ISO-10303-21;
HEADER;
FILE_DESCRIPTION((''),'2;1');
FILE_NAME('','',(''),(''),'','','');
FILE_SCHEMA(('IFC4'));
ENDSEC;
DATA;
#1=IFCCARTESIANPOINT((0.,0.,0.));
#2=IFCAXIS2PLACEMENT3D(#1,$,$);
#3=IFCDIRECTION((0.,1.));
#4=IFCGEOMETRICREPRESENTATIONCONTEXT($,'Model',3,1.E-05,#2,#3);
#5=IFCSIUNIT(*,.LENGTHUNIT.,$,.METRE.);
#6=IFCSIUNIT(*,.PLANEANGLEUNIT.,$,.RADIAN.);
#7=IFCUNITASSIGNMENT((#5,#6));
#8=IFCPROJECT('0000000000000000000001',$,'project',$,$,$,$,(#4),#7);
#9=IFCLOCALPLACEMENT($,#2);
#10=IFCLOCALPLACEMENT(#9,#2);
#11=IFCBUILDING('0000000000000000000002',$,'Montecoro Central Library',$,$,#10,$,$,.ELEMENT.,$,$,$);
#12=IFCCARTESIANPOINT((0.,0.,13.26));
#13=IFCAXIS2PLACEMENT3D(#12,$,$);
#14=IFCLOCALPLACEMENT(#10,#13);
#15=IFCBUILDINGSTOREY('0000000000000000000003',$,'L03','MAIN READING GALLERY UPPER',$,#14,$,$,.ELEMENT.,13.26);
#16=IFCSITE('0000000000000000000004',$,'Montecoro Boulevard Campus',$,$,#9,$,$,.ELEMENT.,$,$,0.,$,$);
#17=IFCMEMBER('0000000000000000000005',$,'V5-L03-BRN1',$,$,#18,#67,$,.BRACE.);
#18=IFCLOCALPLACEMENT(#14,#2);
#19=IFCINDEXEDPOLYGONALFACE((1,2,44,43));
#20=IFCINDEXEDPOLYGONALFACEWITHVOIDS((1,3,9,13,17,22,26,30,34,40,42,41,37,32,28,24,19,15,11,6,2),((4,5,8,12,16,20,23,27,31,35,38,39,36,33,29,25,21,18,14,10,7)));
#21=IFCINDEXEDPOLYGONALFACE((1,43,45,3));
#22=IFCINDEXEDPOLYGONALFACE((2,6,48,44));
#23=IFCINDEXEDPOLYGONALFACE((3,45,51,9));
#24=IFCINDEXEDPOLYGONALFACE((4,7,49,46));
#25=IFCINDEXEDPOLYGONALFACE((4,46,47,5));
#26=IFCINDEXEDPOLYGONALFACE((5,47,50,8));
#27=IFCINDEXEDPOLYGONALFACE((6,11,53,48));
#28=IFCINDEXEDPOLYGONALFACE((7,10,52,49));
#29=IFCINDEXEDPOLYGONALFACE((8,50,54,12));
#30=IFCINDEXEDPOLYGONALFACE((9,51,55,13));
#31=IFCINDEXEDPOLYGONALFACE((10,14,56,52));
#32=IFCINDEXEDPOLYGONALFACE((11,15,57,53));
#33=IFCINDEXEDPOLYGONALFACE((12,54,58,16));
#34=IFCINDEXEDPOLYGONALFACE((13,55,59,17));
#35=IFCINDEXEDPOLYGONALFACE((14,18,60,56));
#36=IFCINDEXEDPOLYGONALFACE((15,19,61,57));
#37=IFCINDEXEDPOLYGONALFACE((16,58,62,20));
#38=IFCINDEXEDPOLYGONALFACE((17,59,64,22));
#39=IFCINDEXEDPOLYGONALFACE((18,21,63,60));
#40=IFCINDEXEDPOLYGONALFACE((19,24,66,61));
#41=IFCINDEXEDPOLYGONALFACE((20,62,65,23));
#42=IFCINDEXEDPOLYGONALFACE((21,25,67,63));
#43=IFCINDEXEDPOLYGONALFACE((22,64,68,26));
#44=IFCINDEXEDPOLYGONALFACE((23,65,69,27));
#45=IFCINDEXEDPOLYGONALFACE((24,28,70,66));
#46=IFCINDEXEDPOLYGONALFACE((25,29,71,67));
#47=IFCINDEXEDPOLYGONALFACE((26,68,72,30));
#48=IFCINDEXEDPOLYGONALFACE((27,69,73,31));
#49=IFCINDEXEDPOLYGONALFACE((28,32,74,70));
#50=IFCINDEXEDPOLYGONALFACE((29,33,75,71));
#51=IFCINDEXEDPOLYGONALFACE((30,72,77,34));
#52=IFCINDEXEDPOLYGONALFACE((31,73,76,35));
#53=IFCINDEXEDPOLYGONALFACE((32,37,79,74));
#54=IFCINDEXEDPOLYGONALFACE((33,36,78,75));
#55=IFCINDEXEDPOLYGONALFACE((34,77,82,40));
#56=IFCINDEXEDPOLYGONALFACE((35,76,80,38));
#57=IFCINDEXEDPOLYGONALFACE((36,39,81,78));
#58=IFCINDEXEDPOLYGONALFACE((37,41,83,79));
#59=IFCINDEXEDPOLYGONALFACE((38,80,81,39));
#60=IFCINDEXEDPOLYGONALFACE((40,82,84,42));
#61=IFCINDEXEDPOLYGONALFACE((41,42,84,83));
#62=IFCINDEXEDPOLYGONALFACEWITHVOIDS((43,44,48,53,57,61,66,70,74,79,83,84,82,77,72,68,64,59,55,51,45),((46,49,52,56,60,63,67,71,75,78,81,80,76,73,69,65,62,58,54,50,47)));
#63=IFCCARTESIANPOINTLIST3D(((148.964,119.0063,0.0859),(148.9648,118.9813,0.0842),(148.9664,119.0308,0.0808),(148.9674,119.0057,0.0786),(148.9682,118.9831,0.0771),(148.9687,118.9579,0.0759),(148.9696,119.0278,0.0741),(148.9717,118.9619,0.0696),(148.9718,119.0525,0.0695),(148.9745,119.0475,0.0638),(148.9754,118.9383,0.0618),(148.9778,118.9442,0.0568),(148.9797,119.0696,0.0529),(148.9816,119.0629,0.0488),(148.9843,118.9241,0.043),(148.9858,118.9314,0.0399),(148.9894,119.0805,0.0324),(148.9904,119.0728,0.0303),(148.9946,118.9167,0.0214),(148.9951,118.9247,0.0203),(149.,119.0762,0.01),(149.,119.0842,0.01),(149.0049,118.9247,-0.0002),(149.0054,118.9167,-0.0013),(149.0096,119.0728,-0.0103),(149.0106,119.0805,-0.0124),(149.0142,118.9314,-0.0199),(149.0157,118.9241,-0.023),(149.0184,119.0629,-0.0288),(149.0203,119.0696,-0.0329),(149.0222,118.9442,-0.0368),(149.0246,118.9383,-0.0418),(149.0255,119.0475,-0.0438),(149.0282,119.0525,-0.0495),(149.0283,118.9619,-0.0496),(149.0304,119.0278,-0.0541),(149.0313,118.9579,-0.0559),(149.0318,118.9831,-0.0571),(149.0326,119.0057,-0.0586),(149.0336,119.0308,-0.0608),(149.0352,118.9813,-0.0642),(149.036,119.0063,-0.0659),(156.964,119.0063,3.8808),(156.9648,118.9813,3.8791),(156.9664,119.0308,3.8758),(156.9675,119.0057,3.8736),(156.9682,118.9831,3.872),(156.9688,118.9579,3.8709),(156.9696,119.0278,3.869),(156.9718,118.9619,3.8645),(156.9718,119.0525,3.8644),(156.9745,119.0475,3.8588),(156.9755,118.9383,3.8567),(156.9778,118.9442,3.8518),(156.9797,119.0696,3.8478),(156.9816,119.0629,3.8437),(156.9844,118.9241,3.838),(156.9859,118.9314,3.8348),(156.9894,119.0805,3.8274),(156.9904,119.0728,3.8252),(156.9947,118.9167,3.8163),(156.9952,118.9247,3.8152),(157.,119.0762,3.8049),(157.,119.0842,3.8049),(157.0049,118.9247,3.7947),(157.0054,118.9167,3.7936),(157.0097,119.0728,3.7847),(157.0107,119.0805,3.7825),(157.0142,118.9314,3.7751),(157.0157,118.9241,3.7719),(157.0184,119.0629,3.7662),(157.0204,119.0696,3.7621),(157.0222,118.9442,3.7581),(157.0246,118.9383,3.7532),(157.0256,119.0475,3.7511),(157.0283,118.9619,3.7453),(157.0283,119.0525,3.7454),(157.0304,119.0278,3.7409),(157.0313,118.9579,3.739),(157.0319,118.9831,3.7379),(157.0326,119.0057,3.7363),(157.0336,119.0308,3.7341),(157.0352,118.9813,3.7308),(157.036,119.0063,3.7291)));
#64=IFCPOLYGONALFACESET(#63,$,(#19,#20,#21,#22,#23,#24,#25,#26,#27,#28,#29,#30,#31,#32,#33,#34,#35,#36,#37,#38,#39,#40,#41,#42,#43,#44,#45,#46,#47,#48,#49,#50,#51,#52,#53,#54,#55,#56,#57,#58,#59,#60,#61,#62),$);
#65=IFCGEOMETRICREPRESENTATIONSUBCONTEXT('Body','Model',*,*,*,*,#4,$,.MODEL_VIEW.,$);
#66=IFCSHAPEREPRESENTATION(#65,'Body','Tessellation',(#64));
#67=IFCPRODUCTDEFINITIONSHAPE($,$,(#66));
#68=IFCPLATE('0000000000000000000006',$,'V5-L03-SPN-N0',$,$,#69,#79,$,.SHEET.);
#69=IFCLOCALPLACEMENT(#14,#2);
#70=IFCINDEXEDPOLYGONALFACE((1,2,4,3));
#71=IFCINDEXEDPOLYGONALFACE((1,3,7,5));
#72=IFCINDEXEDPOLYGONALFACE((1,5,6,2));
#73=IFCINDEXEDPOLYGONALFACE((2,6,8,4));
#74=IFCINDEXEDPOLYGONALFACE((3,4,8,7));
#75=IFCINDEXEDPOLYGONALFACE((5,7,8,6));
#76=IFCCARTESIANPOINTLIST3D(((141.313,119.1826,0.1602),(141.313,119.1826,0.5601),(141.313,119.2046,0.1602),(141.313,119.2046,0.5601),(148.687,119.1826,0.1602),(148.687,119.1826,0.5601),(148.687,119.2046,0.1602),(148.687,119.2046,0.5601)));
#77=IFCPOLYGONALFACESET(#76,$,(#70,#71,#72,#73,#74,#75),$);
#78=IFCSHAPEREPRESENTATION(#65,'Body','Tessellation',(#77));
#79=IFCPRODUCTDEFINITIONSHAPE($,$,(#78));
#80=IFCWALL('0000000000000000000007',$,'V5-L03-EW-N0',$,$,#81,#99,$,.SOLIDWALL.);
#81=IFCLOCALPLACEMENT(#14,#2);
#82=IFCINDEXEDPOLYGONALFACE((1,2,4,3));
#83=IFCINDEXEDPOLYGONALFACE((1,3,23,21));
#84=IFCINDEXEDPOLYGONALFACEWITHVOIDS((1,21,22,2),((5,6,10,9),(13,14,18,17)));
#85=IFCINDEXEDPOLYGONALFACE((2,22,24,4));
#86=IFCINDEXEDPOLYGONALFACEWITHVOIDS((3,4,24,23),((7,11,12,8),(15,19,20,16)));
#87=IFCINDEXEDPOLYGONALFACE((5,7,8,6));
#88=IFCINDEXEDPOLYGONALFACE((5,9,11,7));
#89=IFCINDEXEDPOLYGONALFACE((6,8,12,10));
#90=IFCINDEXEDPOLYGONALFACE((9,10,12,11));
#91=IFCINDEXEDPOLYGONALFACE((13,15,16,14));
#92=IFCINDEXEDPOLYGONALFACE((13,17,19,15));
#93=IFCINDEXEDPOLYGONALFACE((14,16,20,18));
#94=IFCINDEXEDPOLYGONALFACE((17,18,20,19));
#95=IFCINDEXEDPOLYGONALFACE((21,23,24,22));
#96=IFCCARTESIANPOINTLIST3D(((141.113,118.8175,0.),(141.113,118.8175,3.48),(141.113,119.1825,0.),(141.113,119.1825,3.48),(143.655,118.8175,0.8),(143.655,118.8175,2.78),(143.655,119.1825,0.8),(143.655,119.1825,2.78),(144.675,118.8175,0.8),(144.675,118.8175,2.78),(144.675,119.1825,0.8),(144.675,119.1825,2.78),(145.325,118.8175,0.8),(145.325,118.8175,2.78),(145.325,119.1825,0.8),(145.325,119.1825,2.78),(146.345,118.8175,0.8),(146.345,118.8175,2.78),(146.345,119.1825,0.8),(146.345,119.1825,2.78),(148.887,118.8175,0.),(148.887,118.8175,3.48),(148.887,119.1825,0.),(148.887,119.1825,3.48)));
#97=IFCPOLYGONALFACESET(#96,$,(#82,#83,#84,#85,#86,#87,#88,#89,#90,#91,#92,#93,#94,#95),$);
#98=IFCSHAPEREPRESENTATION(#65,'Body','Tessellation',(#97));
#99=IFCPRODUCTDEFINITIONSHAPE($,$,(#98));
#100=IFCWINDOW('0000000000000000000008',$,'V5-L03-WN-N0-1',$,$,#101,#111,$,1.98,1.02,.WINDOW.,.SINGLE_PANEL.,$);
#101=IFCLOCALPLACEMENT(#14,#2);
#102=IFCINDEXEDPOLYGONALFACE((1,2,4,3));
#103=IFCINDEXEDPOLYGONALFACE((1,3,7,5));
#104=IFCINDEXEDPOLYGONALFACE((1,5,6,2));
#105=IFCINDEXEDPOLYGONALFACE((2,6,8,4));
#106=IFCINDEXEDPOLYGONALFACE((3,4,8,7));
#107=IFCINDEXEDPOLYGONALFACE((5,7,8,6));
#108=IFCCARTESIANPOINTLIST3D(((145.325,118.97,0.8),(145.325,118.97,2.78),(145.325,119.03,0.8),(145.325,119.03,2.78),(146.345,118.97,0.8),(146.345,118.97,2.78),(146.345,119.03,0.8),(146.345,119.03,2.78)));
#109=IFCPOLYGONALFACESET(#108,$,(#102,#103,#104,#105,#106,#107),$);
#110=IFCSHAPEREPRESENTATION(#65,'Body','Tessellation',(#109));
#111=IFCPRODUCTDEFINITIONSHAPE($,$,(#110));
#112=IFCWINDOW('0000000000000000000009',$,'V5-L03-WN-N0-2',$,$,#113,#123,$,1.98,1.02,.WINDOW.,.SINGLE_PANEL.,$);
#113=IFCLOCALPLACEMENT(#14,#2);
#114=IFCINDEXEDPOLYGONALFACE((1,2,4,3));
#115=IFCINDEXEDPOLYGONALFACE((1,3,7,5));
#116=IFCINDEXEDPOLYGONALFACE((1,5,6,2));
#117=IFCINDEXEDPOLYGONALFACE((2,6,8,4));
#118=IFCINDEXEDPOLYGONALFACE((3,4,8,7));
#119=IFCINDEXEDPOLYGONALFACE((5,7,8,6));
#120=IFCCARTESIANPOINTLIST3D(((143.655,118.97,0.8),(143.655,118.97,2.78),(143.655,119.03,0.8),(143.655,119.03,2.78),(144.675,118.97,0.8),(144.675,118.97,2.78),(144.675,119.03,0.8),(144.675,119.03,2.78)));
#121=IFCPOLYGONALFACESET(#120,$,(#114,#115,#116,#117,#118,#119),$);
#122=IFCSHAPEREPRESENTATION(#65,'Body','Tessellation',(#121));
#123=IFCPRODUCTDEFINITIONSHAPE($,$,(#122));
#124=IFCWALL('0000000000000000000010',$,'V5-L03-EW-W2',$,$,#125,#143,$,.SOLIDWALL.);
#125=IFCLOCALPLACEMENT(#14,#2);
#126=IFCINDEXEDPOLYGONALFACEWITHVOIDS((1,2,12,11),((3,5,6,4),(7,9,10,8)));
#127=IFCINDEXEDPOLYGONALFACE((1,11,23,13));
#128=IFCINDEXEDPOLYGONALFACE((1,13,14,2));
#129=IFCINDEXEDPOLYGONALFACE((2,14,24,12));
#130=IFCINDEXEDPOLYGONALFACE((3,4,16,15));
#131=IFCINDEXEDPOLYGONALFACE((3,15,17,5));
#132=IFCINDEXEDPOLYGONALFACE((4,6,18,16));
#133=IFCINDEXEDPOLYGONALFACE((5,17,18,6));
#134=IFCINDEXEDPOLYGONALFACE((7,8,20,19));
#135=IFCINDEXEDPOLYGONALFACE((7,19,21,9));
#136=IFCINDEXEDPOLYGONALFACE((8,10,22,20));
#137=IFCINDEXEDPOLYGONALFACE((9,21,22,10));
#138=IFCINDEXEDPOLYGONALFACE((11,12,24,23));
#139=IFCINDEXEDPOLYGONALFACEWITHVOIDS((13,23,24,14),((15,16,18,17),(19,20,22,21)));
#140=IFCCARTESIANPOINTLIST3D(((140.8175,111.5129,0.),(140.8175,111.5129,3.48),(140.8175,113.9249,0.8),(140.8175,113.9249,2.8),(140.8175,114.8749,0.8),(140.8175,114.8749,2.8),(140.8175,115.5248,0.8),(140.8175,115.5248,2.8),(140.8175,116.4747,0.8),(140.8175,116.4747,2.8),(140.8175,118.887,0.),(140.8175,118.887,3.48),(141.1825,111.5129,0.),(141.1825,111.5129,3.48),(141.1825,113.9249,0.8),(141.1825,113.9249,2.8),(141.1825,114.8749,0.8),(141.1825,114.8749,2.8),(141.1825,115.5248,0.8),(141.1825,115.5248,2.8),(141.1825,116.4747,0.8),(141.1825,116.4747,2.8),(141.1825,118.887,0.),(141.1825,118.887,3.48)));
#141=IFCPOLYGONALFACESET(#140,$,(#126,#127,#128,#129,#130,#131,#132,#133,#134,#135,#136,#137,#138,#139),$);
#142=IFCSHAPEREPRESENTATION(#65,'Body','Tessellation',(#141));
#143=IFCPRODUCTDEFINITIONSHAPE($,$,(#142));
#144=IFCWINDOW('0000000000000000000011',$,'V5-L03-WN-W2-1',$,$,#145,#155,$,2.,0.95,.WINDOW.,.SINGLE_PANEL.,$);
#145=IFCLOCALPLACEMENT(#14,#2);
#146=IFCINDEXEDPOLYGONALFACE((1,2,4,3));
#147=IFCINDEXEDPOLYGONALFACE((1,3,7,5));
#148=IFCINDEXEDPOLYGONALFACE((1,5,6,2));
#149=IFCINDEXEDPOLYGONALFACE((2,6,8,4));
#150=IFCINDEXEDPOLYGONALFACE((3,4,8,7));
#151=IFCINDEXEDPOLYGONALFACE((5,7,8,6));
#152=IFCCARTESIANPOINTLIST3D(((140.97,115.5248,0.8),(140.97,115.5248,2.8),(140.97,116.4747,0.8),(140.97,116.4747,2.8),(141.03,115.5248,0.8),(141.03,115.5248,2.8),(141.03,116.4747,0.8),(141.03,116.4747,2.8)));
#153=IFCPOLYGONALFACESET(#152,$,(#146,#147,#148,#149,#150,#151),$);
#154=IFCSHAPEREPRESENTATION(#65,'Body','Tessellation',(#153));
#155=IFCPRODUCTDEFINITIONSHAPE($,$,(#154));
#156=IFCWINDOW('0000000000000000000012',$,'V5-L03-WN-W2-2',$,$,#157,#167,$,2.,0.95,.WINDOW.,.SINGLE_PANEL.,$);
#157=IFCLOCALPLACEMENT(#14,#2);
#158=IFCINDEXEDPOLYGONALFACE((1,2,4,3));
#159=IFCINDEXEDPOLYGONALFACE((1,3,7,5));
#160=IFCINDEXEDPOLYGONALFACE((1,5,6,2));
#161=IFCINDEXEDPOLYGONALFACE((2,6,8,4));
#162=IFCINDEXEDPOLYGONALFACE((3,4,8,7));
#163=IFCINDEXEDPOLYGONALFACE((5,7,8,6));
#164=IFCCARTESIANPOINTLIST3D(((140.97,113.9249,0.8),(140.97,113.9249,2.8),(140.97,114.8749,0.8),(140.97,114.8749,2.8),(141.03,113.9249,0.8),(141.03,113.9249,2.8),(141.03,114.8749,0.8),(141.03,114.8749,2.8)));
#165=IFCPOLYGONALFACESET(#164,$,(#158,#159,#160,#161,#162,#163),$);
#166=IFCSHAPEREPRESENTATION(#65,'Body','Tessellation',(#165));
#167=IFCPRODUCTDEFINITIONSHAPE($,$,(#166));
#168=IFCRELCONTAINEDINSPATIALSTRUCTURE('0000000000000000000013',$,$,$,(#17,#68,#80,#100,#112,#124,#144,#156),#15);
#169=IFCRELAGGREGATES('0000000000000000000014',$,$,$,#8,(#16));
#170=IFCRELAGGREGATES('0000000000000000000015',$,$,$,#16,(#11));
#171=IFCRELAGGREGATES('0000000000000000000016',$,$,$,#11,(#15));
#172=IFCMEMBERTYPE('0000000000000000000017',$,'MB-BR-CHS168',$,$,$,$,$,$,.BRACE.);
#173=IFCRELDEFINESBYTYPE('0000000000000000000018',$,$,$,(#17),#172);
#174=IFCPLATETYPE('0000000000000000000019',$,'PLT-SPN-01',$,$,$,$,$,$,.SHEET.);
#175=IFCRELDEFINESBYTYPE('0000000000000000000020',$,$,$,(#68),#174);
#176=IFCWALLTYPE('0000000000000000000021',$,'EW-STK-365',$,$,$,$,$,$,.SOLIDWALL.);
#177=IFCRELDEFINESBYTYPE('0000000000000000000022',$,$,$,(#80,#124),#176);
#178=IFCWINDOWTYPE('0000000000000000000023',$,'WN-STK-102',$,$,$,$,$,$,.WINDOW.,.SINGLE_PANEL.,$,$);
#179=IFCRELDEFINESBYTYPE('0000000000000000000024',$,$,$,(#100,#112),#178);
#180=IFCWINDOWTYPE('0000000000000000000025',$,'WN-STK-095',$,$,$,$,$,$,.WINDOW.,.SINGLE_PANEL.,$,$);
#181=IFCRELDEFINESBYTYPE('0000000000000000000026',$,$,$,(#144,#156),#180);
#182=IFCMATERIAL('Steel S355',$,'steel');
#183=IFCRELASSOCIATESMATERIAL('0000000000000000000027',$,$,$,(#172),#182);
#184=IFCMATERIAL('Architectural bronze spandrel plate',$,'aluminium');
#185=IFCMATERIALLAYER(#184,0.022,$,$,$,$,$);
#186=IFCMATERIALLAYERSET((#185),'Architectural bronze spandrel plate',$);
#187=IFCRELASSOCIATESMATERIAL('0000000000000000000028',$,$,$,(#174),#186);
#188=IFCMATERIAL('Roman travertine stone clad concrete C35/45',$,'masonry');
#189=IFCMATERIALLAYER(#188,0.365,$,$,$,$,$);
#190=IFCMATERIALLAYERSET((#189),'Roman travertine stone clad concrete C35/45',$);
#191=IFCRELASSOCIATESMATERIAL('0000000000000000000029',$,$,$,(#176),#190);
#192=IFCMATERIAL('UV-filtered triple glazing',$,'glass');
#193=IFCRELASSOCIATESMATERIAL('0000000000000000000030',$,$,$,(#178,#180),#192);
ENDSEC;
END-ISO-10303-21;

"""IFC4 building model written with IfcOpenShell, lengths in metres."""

from ifc_helpers import new_model, si_unit, direction, frame, frame_2d, origin, origin_2d, place, context, subcontext, project, spatial, rectangle, hollow_circle, extrude, material, layer, layer_set, material_profile, profile_set, type_object, element, fill, save


model = new_model("IFC4")

# Units and contexts
model_context = context("Model", 3, precision=1e-05, world=origin(), true_north=direction((0.0, 1.0)))
body_context = subcontext(model_context, "Body", "Model", "MODEL_VIEW")
ifc_project = project(units=[si_unit("LENGTHUNIT", "METRE"), si_unit("PLANEANGLEUNIT", "RADIAN")], contexts=[model_context])

# Site, building, storey
site_placement = place(None, origin())
site = spatial("IfcSite", under=ifc_project, at=site_placement, Name="Montecoro Boulevard Campus", CompositionType="ELEMENT", RefElevation=0.0)
building_placement = place(site_placement, origin())
building = spatial("IfcBuilding", under=site, at=building_placement, Name="Montecoro Central Library", CompositionType="ELEMENT")
storey_placement = place(building_placement, frame((0.0, 0.0, 13.26)))
storey = spatial("IfcBuildingStorey", under=building, at=storey_placement, Name="L03", Description="MAIN READING GALLERY UPPER", CompositionType="ELEMENT", Elevation=13.26)

# Shared definitions
ifc_material_1 = material(Name="Steel S355", Category="steel")

# Member
ifc_material_profile_1 = material_profile(ifc_material_1, hollow_circle(Radius=0.0842, WallThickness=0.0081, at=origin_2d()), Name="CHS 168.3x8.0")
ifc_profile_set_1 = profile_set([ifc_material_profile_1], Name="Steel S355")
member_type = type_object("IfcMemberType", Name="MB-BR-CHS168", PredefinedType="BRACE", material=ifc_profile_set_1)
member_placement = place(storey_placement, frame((149.0, 119.0, 0.01), z_axis=(0.9035, 0.0, 0.428589), x_axis=(0.0, 1.0, 0.0)))
element("IfcMember", 1, at=member_placement, inside=storey, type_object=member_type, Name="V5-L03-BRN1", PredefinedType="BRACE", context=body_context, shape_type="SweptSolid", body=[
    extrude(hollow_circle(Radius=0.0842, WallThickness=0.0081, at=origin_2d()), origin(), (0.0, 0.0, 1.0), 8.8545),
])

# Plate
ifc_material_2 = material(Name="Architectural bronze spandrel plate", Category="aluminium")
ifc_layer_1 = layer(ifc_material_2, 0.022)
ifc_layer_set_1 = layer_set([ifc_layer_1], Name="Architectural bronze spandrel plate")
plate_type = type_object("IfcPlateType", Name="PLT-SPN-01", PredefinedType="SHEET", material=ifc_layer_set_1)
plate_placement = place(storey_placement, frame((145.0, 119.1936, 0.1602), z_axis=(0.0, 0.0, 1.0), x_axis=(-1.0, 0.0, 0.0)))
element("IfcPlate", 2, at=plate_placement, inside=storey, type_object=plate_type, Name="V5-L03-SPN-N0", PredefinedType="SHEET", context=body_context, shape_type="SweptSolid", body=[
    extrude(rectangle(XDim=7.374, YDim=0.022, at=origin_2d()), origin(), (0.0, 0.0, 1.0), 0.3999),
])

# Walls, openings, windows
ifc_material_3 = material(Name="Roman travertine stone clad concrete C35/45", Category="masonry")
ifc_layer_2 = layer(ifc_material_3, 0.365)
ifc_layer_set_2 = layer_set([ifc_layer_2], Name="Roman travertine stone clad concrete C35/45")
wall_type_1 = type_object("IfcWallType", Name="EW-STK-365", PredefinedType="SOLIDWALL", material=ifc_layer_set_2)
wall_1_placement = place(storey_placement, frame((148.887, 119.0, 0.0), z_axis=(0.0, 0.0, 1.0), x_axis=(-1.0, 0.0, 0.0)))
wall_1 = element("IfcWall", 3, at=wall_1_placement, inside=storey, type_object=wall_type_1, Name="V5-L03-EW-N0", PredefinedType="SOLIDWALL", context=body_context, shape_type="SweptSolid", body=[
    extrude(rectangle(XDim=7.7739, YDim=0.365, at=frame_2d((3.887, 0.0))), origin(), (0.0, 0.0, 1.0), 3.48),
])
opening_1_placement = place(wall_1_placement, frame((2.542, 0.0, 0.8)))
opening_1 = element("IfcOpeningElement", 4, at=opening_1_placement, cuts=wall_1, PredefinedType="OPENING", context=body_context, shape_type="SweptSolid", body=[
    extrude(rectangle(XDim=1.02, YDim=1.98, at=frame_2d((0.51, 0.99))), frame((0.0, 0.1924, 0.0), z_axis=(0.0, -1.0, 0.0), x_axis=(1.0, 0.0, 0.0)), (0.0, 0.0, 1.0), 0.385),
])
opening_2_placement = place(wall_1_placement, frame((4.2119, 0.0, 0.8)))
opening_2 = element("IfcOpeningElement", 5, at=opening_2_placement, cuts=wall_1, PredefinedType="OPENING", context=body_context, shape_type="SweptSolid", body=[
    extrude(rectangle(XDim=1.02, YDim=1.98, at=frame_2d((0.51, 0.99))), frame((0.0, 0.1924, 0.0), z_axis=(0.0, -1.0, 0.0), x_axis=(1.0, 0.0, 0.0)), (0.0, 0.0, 1.0), 0.385),
])
ifc_material_4 = material(Name="UV-filtered triple glazing", Category="glass")
window_type_1 = type_object("IfcWindowType", Name="WN-STK-102", PartitioningType="SINGLE_PANEL", PredefinedType="WINDOW", material=ifc_material_4)
window_1_placement = place(opening_1_placement, origin())
window_1 = element("IfcWindow", 6, at=window_1_placement, inside=storey, type_object=window_type_1, Name="V5-L03-WN-N0-1", OverallHeight=1.98, OverallWidth=1.02, PartitioningType="SINGLE_PANEL", PredefinedType="WINDOW", context=body_context, shape_type="SweptSolid", body=[
    extrude(rectangle(XDim=1.02, YDim=1.98, at=frame_2d((0.51, 0.99))), frame((0.0, 0.03, 0.0), z_axis=(0.0, -1.0, 0.0), x_axis=(1.0, 0.0, 0.0)), (0.0, 0.0, 1.0), 0.0601),
])
fill(opening_1, window_1)
window_2_placement = place(opening_2_placement, origin())
window_2 = element("IfcWindow", 7, at=window_2_placement, inside=storey, type_object=window_type_1, Name="V5-L03-WN-N0-2", OverallHeight=1.98, OverallWidth=1.02, PartitioningType="SINGLE_PANEL", PredefinedType="WINDOW", context=body_context, shape_type="SweptSolid", body=[
    extrude(rectangle(XDim=1.02, YDim=1.98, at=frame_2d((0.51, 0.99))), frame((0.0, 0.03, 0.0), z_axis=(0.0, -1.0, 0.0), x_axis=(1.0, 0.0, 0.0)), (0.0, 0.0, 1.0), 0.0601),
])
fill(opening_2, window_2)
wall_2_placement = place(storey_placement, frame((141.0, 118.887, 0.0), z_axis=(0.0, 0.0, 1.0), x_axis=(0.0, -1.0, 0.0)))
wall_2 = element("IfcWall", 8, at=wall_2_placement, inside=storey, type_object=wall_type_1, Name="V5-L03-EW-W2", PredefinedType="SOLIDWALL", context=body_context, shape_type="SweptSolid", body=[
    extrude(rectangle(XDim=7.374, YDim=0.365, at=frame_2d((3.687, 0.0))), origin(), (0.0, 0.0, 1.0), 3.48),
])
opening_3_placement = place(wall_2_placement, frame((2.4121, 0.0, 0.8)))
opening_3 = element("IfcOpeningElement", 9, at=opening_3_placement, cuts=wall_2, PredefinedType="OPENING", context=body_context, shape_type="SweptSolid", body=[
    extrude(rectangle(XDim=0.95, YDim=2.0, at=frame_2d((0.4751, 1.0))), frame((0.0, 0.1924, 0.0), z_axis=(0.0, -1.0, 0.0), x_axis=(1.0, 0.0, 0.0)), (0.0, 0.0, 1.0), 0.385),
])
opening_4_placement = place(wall_2_placement, frame((4.012, 0.0, 0.8)))
opening_4 = element("IfcOpeningElement", 10, at=opening_4_placement, cuts=wall_2, PredefinedType="OPENING", context=body_context, shape_type="SweptSolid", body=[
    extrude(rectangle(XDim=0.95, YDim=2.0, at=frame_2d((0.4751, 1.0))), frame((0.0, 0.1924, 0.0), z_axis=(0.0, -1.0, 0.0), x_axis=(1.0, 0.0, 0.0)), (0.0, 0.0, 1.0), 0.385),
])
window_type_2 = type_object("IfcWindowType", Name="WN-STK-095", PartitioningType="SINGLE_PANEL", PredefinedType="WINDOW", material=ifc_material_4)
window_3_placement = place(opening_3_placement, origin())
window_3 = element("IfcWindow", 11, at=window_3_placement, inside=storey, type_object=window_type_2, Name="V5-L03-WN-W2-1", OverallHeight=2.0, OverallWidth=0.95, PartitioningType="SINGLE_PANEL", PredefinedType="WINDOW", context=body_context, shape_type="SweptSolid", body=[
    extrude(rectangle(XDim=0.95, YDim=2.0, at=frame_2d((0.4751, 1.0))), frame((0.0, 0.03, 0.0), z_axis=(0.0, -1.0, 0.0), x_axis=(1.0, 0.0, 0.0)), (0.0, 0.0, 1.0), 0.0601),
])
fill(opening_3, window_3)
window_4_placement = place(opening_4_placement, origin())
window_4 = element("IfcWindow", 12, at=window_4_placement, inside=storey, type_object=window_type_2, Name="V5-L03-WN-W2-2", OverallHeight=2.0, OverallWidth=0.95, PartitioningType="SINGLE_PANEL", PredefinedType="WINDOW", context=body_context, shape_type="SweptSolid", body=[
    extrude(rectangle(XDim=0.95, YDim=2.0, at=frame_2d((0.4751, 1.0))), frame((0.0, 0.03, 0.0), z_axis=(0.0, -1.0, 0.0), x_axis=(1.0, 0.0, 0.0)), (0.0, 0.0, 1.0), 0.0601),
])
fill(opening_4, window_4)

save(model, "model.ifc")
